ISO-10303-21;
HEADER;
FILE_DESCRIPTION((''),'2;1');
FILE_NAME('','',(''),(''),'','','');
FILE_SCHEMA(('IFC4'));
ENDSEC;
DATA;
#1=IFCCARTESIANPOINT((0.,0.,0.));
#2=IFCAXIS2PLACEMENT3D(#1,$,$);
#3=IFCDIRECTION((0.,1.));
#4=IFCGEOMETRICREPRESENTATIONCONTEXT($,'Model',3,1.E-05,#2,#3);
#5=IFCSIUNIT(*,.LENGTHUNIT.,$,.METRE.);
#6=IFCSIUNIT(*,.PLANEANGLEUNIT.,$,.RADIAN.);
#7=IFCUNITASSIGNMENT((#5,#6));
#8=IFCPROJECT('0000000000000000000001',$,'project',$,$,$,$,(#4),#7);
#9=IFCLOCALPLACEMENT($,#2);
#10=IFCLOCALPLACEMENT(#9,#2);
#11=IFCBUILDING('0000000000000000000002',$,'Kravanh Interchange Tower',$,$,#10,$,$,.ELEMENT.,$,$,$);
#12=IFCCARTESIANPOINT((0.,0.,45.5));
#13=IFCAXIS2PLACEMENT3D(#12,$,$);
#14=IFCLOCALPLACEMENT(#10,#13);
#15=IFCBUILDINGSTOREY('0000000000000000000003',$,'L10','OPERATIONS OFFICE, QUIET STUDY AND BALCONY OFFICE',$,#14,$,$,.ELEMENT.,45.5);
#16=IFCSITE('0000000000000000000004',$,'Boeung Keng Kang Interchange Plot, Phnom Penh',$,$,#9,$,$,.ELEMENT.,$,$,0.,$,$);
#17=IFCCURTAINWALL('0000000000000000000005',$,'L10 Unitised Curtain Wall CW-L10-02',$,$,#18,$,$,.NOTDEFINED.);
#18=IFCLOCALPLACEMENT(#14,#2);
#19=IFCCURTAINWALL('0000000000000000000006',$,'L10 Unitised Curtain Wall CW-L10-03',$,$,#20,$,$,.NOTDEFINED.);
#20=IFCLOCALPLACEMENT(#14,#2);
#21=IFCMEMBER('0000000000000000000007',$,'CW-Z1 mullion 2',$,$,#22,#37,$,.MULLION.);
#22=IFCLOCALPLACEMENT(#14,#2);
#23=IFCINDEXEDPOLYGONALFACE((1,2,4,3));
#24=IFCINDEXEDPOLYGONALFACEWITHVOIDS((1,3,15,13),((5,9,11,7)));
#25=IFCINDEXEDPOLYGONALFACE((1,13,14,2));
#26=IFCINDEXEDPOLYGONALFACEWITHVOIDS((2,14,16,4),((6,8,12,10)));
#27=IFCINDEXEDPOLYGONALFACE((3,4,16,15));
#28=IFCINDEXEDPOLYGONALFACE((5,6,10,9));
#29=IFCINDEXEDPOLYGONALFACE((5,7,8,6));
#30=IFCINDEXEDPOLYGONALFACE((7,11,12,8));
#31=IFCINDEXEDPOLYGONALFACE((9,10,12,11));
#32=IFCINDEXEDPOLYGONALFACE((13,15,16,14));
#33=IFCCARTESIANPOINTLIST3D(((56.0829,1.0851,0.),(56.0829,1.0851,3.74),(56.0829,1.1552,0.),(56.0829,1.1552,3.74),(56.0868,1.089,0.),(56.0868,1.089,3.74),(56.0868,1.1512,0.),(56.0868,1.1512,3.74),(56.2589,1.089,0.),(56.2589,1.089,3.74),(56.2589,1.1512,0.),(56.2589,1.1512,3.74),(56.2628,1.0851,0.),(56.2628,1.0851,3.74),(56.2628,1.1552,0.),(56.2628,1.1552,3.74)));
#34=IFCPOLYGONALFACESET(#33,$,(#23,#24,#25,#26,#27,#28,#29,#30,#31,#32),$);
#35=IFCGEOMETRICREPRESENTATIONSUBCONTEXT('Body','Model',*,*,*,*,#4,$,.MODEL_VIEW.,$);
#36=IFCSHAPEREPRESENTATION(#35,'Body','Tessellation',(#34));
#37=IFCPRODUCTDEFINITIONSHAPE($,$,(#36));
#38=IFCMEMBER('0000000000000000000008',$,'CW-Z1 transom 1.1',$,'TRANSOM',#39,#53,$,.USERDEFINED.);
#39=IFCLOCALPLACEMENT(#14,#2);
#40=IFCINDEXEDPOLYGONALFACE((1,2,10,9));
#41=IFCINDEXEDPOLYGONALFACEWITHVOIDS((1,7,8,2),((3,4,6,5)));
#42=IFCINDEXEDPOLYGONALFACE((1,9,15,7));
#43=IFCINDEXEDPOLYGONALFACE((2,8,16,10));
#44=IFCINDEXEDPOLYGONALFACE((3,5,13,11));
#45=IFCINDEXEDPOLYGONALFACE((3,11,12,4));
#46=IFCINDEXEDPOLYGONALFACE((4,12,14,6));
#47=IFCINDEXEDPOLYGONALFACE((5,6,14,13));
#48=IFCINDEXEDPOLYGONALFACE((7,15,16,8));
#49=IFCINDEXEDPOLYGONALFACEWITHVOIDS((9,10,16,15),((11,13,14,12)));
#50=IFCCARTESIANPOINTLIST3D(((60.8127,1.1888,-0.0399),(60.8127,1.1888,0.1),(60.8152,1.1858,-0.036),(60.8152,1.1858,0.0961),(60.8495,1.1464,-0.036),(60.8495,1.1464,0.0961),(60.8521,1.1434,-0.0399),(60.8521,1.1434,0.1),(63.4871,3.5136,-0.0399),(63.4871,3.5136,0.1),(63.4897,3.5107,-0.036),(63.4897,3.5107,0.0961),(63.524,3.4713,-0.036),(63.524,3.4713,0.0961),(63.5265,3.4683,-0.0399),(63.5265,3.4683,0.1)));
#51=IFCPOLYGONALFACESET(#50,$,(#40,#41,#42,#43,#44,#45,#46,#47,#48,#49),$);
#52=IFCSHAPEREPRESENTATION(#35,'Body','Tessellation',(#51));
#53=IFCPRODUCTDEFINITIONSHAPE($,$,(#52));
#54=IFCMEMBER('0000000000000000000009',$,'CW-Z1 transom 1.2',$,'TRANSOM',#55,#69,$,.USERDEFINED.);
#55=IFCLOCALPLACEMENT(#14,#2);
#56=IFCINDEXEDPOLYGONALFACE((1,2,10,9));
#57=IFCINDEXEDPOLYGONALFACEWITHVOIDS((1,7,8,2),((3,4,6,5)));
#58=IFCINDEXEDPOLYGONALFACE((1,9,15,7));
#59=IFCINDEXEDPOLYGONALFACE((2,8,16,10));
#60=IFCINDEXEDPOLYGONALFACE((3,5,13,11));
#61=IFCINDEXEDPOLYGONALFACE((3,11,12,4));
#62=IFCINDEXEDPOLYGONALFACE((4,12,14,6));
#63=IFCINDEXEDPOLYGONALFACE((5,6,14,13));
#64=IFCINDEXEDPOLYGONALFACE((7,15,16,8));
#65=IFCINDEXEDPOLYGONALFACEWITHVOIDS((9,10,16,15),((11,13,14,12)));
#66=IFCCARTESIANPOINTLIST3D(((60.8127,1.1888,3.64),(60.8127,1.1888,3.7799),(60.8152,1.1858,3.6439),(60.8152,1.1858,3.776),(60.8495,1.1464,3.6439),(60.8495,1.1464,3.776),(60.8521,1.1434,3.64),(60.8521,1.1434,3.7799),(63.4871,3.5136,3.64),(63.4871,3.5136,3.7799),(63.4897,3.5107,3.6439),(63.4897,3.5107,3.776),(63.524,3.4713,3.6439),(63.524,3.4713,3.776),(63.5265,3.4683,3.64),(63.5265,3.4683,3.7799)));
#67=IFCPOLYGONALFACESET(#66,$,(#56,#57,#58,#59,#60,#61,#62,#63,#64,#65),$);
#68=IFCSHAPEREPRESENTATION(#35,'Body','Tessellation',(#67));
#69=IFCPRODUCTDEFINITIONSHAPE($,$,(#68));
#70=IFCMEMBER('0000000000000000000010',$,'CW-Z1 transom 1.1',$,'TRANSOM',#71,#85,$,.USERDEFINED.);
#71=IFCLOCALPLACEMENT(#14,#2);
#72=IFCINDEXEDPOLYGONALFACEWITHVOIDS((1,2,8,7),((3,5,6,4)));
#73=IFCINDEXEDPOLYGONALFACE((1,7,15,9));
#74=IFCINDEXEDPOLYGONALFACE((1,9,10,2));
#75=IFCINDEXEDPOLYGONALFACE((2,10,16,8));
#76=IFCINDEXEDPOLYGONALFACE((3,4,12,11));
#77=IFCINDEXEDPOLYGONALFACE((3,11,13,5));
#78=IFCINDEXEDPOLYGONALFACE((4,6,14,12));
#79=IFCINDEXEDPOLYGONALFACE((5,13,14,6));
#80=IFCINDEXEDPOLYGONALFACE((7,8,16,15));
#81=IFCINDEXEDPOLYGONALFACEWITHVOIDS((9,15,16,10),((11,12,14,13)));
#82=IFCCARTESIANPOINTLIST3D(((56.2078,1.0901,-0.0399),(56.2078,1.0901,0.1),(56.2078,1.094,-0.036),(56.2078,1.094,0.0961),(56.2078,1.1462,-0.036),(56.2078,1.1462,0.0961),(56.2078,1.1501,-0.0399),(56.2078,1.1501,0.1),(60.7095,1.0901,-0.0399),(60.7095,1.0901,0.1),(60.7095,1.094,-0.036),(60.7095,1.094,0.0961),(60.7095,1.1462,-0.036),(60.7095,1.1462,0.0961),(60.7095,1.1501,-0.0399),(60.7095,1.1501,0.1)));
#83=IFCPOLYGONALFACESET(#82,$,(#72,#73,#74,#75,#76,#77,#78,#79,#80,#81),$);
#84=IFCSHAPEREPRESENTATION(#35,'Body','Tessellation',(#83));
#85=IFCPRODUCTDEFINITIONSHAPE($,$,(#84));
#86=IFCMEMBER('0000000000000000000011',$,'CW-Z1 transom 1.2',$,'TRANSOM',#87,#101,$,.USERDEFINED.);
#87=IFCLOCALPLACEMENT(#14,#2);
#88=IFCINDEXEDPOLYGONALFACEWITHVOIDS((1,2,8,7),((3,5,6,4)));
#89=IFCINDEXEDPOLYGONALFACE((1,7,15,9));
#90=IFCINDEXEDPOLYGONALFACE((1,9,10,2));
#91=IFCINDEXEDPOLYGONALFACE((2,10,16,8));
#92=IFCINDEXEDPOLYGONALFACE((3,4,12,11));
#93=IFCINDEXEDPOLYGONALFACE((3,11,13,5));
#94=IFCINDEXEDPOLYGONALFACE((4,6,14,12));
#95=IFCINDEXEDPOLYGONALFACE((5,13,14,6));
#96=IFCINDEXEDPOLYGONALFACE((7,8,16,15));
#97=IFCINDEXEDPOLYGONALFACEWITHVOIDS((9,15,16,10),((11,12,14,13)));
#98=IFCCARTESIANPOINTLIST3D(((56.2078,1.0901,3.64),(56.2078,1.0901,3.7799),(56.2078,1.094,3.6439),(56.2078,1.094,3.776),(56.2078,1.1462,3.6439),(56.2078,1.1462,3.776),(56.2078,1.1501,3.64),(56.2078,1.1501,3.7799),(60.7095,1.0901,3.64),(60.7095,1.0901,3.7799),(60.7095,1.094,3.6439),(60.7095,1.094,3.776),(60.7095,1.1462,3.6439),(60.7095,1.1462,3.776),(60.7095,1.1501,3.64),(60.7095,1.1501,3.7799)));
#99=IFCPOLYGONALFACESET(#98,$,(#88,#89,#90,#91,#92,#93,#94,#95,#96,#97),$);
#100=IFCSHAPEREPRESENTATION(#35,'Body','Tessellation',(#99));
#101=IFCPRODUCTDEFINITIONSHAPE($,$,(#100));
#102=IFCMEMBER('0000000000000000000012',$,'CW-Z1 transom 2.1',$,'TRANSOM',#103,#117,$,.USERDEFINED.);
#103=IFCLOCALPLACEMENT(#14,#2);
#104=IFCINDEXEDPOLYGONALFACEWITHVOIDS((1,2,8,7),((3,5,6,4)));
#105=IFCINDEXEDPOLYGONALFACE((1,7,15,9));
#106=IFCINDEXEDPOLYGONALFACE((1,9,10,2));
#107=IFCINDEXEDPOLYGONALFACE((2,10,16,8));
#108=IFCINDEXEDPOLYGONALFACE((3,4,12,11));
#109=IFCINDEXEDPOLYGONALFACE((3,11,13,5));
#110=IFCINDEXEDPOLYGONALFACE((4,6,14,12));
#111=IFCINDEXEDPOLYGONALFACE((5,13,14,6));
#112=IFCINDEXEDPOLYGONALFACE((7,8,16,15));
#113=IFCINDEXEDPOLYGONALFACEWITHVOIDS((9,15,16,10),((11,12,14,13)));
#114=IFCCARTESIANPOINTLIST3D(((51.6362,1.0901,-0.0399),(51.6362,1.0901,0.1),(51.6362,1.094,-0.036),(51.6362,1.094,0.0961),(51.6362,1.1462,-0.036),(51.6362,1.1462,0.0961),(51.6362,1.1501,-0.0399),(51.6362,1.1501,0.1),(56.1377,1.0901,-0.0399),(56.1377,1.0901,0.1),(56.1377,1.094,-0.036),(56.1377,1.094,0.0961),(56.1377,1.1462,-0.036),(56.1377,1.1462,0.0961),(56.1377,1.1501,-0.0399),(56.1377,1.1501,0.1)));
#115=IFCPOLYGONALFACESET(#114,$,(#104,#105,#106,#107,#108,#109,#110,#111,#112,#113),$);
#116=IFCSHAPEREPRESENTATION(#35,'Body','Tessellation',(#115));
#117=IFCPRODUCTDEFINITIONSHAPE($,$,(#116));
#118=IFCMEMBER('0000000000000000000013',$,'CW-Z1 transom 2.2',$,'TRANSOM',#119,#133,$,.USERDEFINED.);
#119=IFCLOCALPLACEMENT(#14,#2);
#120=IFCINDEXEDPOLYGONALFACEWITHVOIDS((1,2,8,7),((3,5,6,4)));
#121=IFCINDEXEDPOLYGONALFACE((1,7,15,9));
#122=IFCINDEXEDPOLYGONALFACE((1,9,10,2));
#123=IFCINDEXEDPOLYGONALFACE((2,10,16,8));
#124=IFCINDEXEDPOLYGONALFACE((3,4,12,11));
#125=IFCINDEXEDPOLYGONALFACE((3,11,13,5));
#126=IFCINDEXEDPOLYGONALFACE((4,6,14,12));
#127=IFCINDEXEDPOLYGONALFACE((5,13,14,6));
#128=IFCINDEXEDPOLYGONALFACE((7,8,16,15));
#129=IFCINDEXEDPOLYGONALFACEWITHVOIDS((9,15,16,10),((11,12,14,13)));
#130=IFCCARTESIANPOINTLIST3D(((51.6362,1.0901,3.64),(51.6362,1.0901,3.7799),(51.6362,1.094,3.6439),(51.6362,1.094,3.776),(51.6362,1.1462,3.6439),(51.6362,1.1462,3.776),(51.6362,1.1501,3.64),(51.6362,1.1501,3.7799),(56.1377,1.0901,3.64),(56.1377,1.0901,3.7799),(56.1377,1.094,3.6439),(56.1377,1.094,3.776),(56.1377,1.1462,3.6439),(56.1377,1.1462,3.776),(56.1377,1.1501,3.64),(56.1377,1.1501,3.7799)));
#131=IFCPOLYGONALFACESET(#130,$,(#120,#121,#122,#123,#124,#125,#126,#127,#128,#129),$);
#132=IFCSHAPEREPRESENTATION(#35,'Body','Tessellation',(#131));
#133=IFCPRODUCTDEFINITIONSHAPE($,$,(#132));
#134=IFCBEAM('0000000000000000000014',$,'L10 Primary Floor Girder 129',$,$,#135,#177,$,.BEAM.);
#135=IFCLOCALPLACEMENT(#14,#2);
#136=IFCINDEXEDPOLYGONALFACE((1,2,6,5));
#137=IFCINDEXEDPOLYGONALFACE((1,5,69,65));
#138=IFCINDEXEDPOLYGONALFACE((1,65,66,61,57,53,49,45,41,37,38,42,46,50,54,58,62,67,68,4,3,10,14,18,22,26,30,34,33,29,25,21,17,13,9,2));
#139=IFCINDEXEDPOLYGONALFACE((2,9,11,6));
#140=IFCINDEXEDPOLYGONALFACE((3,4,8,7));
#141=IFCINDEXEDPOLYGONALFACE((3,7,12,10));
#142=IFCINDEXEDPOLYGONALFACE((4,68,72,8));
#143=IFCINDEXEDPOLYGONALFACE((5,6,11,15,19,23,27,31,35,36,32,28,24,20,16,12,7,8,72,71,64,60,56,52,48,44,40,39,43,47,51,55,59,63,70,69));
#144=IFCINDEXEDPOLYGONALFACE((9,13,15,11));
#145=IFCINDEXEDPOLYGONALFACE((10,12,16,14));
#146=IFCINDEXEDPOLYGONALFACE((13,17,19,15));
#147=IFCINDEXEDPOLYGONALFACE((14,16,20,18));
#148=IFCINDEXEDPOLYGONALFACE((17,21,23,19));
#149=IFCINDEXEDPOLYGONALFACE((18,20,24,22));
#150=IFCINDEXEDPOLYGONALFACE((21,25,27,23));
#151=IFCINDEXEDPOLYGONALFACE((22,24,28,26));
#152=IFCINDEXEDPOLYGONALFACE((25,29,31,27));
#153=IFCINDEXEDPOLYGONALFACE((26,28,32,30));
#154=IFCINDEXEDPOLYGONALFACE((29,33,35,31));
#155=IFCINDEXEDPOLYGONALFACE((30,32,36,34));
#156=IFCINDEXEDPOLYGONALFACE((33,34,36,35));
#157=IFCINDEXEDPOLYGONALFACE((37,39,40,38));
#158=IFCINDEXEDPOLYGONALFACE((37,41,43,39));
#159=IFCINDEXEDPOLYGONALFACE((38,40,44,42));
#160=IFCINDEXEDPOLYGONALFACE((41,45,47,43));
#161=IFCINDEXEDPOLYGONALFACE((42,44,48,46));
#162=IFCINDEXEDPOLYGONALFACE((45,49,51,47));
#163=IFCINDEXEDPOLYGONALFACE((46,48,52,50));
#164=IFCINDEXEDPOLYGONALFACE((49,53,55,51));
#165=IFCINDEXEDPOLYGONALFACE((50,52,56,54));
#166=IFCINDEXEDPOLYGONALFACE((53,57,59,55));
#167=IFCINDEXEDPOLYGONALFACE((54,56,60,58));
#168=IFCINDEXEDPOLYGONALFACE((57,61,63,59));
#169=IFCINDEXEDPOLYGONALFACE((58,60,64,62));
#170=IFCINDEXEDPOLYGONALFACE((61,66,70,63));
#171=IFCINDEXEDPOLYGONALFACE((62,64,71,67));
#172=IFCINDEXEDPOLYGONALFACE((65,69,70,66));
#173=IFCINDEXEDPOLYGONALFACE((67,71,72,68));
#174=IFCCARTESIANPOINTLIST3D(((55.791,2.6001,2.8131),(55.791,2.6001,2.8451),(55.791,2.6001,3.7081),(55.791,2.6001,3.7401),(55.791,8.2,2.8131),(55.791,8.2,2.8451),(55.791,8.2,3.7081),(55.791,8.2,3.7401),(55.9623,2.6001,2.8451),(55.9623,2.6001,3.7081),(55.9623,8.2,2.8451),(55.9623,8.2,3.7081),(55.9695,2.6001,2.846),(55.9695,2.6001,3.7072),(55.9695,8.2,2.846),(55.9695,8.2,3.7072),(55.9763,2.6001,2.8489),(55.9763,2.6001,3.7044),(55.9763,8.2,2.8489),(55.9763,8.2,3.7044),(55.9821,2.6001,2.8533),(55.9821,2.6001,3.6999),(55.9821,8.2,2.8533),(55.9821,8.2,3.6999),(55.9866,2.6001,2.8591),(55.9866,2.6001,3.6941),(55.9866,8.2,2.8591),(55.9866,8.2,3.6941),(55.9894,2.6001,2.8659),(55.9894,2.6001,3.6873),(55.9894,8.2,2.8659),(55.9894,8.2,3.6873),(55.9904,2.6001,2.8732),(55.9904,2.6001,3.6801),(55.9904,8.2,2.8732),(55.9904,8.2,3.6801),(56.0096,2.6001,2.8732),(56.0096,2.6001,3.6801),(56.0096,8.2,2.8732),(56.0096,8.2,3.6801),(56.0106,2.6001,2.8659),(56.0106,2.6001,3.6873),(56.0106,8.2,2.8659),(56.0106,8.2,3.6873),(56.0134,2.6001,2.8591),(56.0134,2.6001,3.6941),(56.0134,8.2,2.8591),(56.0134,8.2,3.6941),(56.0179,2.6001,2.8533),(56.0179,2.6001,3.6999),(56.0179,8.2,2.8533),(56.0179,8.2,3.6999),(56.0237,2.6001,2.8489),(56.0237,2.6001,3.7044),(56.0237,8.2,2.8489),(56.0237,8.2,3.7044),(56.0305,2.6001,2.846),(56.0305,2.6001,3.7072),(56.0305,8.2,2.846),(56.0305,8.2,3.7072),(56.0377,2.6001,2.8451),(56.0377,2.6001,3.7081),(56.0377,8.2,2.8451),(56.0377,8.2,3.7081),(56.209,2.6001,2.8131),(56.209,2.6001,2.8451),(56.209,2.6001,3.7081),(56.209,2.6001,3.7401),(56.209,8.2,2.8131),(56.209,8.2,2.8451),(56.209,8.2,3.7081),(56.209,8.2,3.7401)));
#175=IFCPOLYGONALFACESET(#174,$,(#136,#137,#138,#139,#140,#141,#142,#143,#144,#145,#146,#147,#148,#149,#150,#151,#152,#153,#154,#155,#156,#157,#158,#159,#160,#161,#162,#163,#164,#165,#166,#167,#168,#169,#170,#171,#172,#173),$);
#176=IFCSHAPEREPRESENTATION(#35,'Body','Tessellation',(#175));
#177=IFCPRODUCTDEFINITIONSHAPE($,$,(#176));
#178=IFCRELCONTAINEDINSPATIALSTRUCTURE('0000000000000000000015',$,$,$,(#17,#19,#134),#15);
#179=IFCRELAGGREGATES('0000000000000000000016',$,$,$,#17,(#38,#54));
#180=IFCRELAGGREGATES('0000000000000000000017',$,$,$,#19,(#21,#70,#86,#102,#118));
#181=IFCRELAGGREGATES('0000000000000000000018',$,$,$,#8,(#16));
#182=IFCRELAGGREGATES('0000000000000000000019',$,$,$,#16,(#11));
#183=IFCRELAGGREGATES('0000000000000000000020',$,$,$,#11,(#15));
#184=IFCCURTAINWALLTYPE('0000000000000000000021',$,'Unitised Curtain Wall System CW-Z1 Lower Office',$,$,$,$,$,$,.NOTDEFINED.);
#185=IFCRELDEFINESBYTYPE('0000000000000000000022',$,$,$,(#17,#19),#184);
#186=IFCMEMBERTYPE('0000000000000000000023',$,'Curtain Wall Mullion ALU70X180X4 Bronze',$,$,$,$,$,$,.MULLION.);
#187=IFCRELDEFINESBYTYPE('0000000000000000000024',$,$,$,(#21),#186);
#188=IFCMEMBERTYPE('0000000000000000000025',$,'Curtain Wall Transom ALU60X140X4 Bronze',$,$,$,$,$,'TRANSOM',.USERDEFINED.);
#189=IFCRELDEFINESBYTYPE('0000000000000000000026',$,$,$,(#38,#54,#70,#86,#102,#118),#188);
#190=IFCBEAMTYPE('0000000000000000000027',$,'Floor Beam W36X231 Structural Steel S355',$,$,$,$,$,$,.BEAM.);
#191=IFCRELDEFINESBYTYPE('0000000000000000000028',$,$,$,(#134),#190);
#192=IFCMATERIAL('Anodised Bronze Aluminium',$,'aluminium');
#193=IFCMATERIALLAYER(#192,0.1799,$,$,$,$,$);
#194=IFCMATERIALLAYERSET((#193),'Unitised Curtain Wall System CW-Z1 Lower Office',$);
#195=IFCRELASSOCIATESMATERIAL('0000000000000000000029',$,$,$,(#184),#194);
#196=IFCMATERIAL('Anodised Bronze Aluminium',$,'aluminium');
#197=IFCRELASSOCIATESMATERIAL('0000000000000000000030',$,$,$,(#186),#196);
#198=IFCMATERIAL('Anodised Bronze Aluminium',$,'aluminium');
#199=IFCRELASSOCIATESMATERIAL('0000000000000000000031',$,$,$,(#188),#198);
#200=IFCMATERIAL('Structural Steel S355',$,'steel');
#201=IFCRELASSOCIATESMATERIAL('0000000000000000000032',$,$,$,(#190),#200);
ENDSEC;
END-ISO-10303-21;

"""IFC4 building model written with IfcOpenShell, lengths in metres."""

from ifc_helpers import new_model, si_unit, direction, frame, origin, origin_2d, place, context, subcontext, project, spatial, hollow_rectangle, i_section, extrude, material, layer, layer_set, material_profile, profile_set, type_object, element, aggregate, save


model = new_model("IFC4")

# Units and contexts
model_context = context("Model", 3, precision=1e-05, world=origin(), true_north=direction((0.0, 1.0)))
body_context = subcontext(model_context, "Body", "Model", "MODEL_VIEW")
ifc_project = project(units=[si_unit("LENGTHUNIT", "METRE"), si_unit("PLANEANGLEUNIT", "RADIAN")], contexts=[model_context])

# Site, building, storey
site_placement = place(None, origin())
site = spatial("IfcSite", under=ifc_project, at=site_placement, Name="Boeung Keng Kang Interchange Plot, Phnom Penh", CompositionType="ELEMENT", RefElevation=0.0)
building_placement = place(site_placement, origin())
building = spatial("IfcBuilding", under=site, at=building_placement, Name="Kravanh Interchange Tower", CompositionType="ELEMENT")
storey_placement = place(building_placement, frame((0.0, 0.0, 45.5)))
storey = spatial("IfcBuildingStorey", under=building, at=storey_placement, Name="L10", Description="OPERATIONS OFFICE, QUIET STUDY AND BALCONY OFFICE", CompositionType="ELEMENT", Elevation=45.5)

# Curtain walls, member
ifc_material_1 = material(Name="Anodised Bronze Aluminium", Category="aluminium")
ifc_layer_1 = layer(ifc_material_1, 0.1799)
ifc_layer_set_1 = layer_set([ifc_layer_1], Name="Unitised Curtain Wall System CW-Z1 Lower Office")
curtain_wall_type = type_object("IfcCurtainWallType", Name="Unitised Curtain Wall System CW-Z1 Lower Office", PredefinedType="NOTDEFINED", material=ifc_layer_set_1)
curtain_wall_1_placement = place(storey_placement, origin())
curtain_wall_1 = element("IfcCurtainWall", 1, at=curtain_wall_1_placement, inside=storey, type_object=curtain_wall_type, Name="L10 Unitised Curtain Wall CW-L10-02", PredefinedType="NOTDEFINED")
ifc_material_2 = material(Name="Anodised Bronze Aluminium", Category="aluminium")
ifc_material_profile_1 = material_profile(ifc_material_2, hollow_rectangle(XDim=0.0701, YDim=0.1799, WallThickness=0.0039, at=origin_2d()), Name="ALU70X180X4")
ifc_profile_set_1 = profile_set([ifc_material_profile_1], Name="Anodised Bronze Aluminium")
member_type_1 = type_object("IfcMemberType", Name="Curtain Wall Mullion ALU70X180X4 Bronze", PredefinedType="MULLION", material=ifc_profile_set_1)
curtain_wall_2_placement = place(storey_placement, origin())
curtain_wall_2 = element("IfcCurtainWall", 2, at=curtain_wall_2_placement, inside=storey, type_object=curtain_wall_type, Name="L10 Unitised Curtain Wall CW-L10-03", PredefinedType="NOTDEFINED")
member_1_placement = place(storey_placement, frame((56.1729, 1.1201, 0.0), z_axis=(0.0, 0.0, 1.0), x_axis=(0.0, -1.0, 0.0)))
member_1 = element("IfcMember", 3, at=member_1_placement, type_object=member_type_1, Name="CW-Z1 mullion 2", PredefinedType="MULLION", context=body_context, shape_type="SweptSolid", body=[
    extrude(hollow_rectangle(XDim=0.0701, YDim=0.1799, WallThickness=0.0039, at=origin_2d()), origin(), (0.0, 0.0, 1.0), 3.74),
])

# Members
ifc_material_3 = material(Name="Anodised Bronze Aluminium", Category="aluminium")
ifc_material_profile_2 = material_profile(ifc_material_3, hollow_rectangle(XDim=0.0601, YDim=0.1399, WallThickness=0.0039, at=origin_2d()), Name="ALU60X140X4")
ifc_profile_set_2 = profile_set([ifc_material_profile_2], Name="Anodised Bronze Aluminium")
member_type_2 = type_object("IfcMemberType", Name="Curtain Wall Transom ALU60X140X4 Bronze", ElementType="TRANSOM", PredefinedType="USERDEFINED", material=ifc_profile_set_2)
member_2_placement = place(storey_placement, frame((63.5068, 3.491, 0.03), z_axis=(-0.754711, -0.656058, 0.0), x_axis=(0.656058, -0.754711, 0.0)))
member_2 = element("IfcMember", 4, at=member_2_placement, type_object=member_type_2, Name="CW-Z1 transom 1.1", ObjectType="TRANSOM", PredefinedType="USERDEFINED", context=body_context, shape_type="SweptSolid", body=[
    extrude(hollow_rectangle(XDim=0.0601, YDim=0.1399, WallThickness=0.0039, at=origin_2d()), origin(), (0.0, 0.0, 1.0), 3.5437),
])
member_3_placement = place(storey_placement, frame((63.5068, 3.491, 3.71), z_axis=(-0.754711, -0.656058, 0.0), x_axis=(0.656058, -0.754711, 0.0)))
member_3 = element("IfcMember", 5, at=member_3_placement, type_object=member_type_2, Name="CW-Z1 transom 1.2", ObjectType="TRANSOM", PredefinedType="USERDEFINED", context=body_context, shape_type="SweptSolid", body=[
    extrude(hollow_rectangle(XDim=0.0601, YDim=0.1399, WallThickness=0.0039, at=origin_2d()), origin(), (0.0, 0.0, 1.0), 3.5437),
])
member_4_placement = place(storey_placement, frame((60.7095, 1.1201, 0.03), z_axis=(-1.0, 0.0, 0.0), x_axis=(0.0, -1.0, 0.0)))
member_4 = element("IfcMember", 6, at=member_4_placement, type_object=member_type_2, Name="CW-Z1 transom 1.1", ObjectType="TRANSOM", PredefinedType="USERDEFINED", context=body_context, shape_type="SweptSolid", body=[
    extrude(hollow_rectangle(XDim=0.0601, YDim=0.1399, WallThickness=0.0039, at=origin_2d()), origin(), (0.0, 0.0, 1.0), 4.5017),
])
member_5_placement = place(storey_placement, frame((60.7095, 1.1201, 3.71), z_axis=(-1.0, 0.0, 0.0), x_axis=(0.0, -1.0, 0.0)))
member_5 = element("IfcMember", 7, at=member_5_placement, type_object=member_type_2, Name="CW-Z1 transom 1.2", ObjectType="TRANSOM", PredefinedType="USERDEFINED", context=body_context, shape_type="SweptSolid", body=[
    extrude(hollow_rectangle(XDim=0.0601, YDim=0.1399, WallThickness=0.0039, at=origin_2d()), origin(), (0.0, 0.0, 1.0), 4.5017),
])
member_6_placement = place(storey_placement, frame((56.1377, 1.1201, 0.03), z_axis=(-1.0, 0.0, 0.0), x_axis=(0.0, -1.0, 0.0)))
member_6 = element("IfcMember", 8, at=member_6_placement, type_object=member_type_2, Name="CW-Z1 transom 2.1", ObjectType="TRANSOM", PredefinedType="USERDEFINED", context=body_context, shape_type="SweptSolid", body=[
    extrude(hollow_rectangle(XDim=0.0601, YDim=0.1399, WallThickness=0.0039, at=origin_2d()), origin(), (0.0, 0.0, 1.0), 4.5015),
])
member_7_placement = place(storey_placement, frame((56.1377, 1.1201, 3.71), z_axis=(-1.0, 0.0, 0.0), x_axis=(0.0, -1.0, 0.0)))
member_7 = element("IfcMember", 9, at=member_7_placement, type_object=member_type_2, Name="CW-Z1 transom 2.2", ObjectType="TRANSOM", PredefinedType="USERDEFINED", context=body_context, shape_type="SweptSolid", body=[
    extrude(hollow_rectangle(XDim=0.0601, YDim=0.1399, WallThickness=0.0039, at=origin_2d()), origin(), (0.0, 0.0, 1.0), 4.5015),
])

# Beam
ifc_material_4 = material(Name="Structural Steel S355", Category="steel")
ifc_material_profile_3 = material_profile(ifc_material_4, i_section(OverallWidth=0.418, OverallDepth=0.927, WebThickness=0.0193, FlangeThickness=0.032, FilletRadius=0.0281, at=origin_2d()), Name="W36X231")
ifc_profile_set_3 = profile_set([ifc_material_profile_3], Name="Structural Steel S355")
beam_type_1 = type_object("IfcBeamType", Name="Floor Beam W36X231 Structural Steel S355", PredefinedType="BEAM", material=ifc_profile_set_3)
beam_1_placement = place(storey_placement, frame((56.0, 2.6001, 3.2766), z_axis=(0.0, 1.0, 0.0), x_axis=(-1.0, 0.0, 0.0)))
element("IfcBeam", 10, at=beam_1_placement, inside=storey, type_object=beam_type_1, Name="L10 Primary Floor Girder 129", PredefinedType="BEAM", context=body_context, shape_type="SweptSolid", body=[
    extrude(i_section(OverallWidth=0.418, OverallDepth=0.927, WebThickness=0.0193, FlangeThickness=0.032, FilletRadius=0.0281, at=origin_2d()), origin(), (0.0, 0.0, 1.0), 5.5999),
])

aggregate(curtain_wall_1, [member_2, member_3])
aggregate(curtain_wall_2, [member_1, member_4, member_5, member_6, member_7])

save(model, "model.ifc")
